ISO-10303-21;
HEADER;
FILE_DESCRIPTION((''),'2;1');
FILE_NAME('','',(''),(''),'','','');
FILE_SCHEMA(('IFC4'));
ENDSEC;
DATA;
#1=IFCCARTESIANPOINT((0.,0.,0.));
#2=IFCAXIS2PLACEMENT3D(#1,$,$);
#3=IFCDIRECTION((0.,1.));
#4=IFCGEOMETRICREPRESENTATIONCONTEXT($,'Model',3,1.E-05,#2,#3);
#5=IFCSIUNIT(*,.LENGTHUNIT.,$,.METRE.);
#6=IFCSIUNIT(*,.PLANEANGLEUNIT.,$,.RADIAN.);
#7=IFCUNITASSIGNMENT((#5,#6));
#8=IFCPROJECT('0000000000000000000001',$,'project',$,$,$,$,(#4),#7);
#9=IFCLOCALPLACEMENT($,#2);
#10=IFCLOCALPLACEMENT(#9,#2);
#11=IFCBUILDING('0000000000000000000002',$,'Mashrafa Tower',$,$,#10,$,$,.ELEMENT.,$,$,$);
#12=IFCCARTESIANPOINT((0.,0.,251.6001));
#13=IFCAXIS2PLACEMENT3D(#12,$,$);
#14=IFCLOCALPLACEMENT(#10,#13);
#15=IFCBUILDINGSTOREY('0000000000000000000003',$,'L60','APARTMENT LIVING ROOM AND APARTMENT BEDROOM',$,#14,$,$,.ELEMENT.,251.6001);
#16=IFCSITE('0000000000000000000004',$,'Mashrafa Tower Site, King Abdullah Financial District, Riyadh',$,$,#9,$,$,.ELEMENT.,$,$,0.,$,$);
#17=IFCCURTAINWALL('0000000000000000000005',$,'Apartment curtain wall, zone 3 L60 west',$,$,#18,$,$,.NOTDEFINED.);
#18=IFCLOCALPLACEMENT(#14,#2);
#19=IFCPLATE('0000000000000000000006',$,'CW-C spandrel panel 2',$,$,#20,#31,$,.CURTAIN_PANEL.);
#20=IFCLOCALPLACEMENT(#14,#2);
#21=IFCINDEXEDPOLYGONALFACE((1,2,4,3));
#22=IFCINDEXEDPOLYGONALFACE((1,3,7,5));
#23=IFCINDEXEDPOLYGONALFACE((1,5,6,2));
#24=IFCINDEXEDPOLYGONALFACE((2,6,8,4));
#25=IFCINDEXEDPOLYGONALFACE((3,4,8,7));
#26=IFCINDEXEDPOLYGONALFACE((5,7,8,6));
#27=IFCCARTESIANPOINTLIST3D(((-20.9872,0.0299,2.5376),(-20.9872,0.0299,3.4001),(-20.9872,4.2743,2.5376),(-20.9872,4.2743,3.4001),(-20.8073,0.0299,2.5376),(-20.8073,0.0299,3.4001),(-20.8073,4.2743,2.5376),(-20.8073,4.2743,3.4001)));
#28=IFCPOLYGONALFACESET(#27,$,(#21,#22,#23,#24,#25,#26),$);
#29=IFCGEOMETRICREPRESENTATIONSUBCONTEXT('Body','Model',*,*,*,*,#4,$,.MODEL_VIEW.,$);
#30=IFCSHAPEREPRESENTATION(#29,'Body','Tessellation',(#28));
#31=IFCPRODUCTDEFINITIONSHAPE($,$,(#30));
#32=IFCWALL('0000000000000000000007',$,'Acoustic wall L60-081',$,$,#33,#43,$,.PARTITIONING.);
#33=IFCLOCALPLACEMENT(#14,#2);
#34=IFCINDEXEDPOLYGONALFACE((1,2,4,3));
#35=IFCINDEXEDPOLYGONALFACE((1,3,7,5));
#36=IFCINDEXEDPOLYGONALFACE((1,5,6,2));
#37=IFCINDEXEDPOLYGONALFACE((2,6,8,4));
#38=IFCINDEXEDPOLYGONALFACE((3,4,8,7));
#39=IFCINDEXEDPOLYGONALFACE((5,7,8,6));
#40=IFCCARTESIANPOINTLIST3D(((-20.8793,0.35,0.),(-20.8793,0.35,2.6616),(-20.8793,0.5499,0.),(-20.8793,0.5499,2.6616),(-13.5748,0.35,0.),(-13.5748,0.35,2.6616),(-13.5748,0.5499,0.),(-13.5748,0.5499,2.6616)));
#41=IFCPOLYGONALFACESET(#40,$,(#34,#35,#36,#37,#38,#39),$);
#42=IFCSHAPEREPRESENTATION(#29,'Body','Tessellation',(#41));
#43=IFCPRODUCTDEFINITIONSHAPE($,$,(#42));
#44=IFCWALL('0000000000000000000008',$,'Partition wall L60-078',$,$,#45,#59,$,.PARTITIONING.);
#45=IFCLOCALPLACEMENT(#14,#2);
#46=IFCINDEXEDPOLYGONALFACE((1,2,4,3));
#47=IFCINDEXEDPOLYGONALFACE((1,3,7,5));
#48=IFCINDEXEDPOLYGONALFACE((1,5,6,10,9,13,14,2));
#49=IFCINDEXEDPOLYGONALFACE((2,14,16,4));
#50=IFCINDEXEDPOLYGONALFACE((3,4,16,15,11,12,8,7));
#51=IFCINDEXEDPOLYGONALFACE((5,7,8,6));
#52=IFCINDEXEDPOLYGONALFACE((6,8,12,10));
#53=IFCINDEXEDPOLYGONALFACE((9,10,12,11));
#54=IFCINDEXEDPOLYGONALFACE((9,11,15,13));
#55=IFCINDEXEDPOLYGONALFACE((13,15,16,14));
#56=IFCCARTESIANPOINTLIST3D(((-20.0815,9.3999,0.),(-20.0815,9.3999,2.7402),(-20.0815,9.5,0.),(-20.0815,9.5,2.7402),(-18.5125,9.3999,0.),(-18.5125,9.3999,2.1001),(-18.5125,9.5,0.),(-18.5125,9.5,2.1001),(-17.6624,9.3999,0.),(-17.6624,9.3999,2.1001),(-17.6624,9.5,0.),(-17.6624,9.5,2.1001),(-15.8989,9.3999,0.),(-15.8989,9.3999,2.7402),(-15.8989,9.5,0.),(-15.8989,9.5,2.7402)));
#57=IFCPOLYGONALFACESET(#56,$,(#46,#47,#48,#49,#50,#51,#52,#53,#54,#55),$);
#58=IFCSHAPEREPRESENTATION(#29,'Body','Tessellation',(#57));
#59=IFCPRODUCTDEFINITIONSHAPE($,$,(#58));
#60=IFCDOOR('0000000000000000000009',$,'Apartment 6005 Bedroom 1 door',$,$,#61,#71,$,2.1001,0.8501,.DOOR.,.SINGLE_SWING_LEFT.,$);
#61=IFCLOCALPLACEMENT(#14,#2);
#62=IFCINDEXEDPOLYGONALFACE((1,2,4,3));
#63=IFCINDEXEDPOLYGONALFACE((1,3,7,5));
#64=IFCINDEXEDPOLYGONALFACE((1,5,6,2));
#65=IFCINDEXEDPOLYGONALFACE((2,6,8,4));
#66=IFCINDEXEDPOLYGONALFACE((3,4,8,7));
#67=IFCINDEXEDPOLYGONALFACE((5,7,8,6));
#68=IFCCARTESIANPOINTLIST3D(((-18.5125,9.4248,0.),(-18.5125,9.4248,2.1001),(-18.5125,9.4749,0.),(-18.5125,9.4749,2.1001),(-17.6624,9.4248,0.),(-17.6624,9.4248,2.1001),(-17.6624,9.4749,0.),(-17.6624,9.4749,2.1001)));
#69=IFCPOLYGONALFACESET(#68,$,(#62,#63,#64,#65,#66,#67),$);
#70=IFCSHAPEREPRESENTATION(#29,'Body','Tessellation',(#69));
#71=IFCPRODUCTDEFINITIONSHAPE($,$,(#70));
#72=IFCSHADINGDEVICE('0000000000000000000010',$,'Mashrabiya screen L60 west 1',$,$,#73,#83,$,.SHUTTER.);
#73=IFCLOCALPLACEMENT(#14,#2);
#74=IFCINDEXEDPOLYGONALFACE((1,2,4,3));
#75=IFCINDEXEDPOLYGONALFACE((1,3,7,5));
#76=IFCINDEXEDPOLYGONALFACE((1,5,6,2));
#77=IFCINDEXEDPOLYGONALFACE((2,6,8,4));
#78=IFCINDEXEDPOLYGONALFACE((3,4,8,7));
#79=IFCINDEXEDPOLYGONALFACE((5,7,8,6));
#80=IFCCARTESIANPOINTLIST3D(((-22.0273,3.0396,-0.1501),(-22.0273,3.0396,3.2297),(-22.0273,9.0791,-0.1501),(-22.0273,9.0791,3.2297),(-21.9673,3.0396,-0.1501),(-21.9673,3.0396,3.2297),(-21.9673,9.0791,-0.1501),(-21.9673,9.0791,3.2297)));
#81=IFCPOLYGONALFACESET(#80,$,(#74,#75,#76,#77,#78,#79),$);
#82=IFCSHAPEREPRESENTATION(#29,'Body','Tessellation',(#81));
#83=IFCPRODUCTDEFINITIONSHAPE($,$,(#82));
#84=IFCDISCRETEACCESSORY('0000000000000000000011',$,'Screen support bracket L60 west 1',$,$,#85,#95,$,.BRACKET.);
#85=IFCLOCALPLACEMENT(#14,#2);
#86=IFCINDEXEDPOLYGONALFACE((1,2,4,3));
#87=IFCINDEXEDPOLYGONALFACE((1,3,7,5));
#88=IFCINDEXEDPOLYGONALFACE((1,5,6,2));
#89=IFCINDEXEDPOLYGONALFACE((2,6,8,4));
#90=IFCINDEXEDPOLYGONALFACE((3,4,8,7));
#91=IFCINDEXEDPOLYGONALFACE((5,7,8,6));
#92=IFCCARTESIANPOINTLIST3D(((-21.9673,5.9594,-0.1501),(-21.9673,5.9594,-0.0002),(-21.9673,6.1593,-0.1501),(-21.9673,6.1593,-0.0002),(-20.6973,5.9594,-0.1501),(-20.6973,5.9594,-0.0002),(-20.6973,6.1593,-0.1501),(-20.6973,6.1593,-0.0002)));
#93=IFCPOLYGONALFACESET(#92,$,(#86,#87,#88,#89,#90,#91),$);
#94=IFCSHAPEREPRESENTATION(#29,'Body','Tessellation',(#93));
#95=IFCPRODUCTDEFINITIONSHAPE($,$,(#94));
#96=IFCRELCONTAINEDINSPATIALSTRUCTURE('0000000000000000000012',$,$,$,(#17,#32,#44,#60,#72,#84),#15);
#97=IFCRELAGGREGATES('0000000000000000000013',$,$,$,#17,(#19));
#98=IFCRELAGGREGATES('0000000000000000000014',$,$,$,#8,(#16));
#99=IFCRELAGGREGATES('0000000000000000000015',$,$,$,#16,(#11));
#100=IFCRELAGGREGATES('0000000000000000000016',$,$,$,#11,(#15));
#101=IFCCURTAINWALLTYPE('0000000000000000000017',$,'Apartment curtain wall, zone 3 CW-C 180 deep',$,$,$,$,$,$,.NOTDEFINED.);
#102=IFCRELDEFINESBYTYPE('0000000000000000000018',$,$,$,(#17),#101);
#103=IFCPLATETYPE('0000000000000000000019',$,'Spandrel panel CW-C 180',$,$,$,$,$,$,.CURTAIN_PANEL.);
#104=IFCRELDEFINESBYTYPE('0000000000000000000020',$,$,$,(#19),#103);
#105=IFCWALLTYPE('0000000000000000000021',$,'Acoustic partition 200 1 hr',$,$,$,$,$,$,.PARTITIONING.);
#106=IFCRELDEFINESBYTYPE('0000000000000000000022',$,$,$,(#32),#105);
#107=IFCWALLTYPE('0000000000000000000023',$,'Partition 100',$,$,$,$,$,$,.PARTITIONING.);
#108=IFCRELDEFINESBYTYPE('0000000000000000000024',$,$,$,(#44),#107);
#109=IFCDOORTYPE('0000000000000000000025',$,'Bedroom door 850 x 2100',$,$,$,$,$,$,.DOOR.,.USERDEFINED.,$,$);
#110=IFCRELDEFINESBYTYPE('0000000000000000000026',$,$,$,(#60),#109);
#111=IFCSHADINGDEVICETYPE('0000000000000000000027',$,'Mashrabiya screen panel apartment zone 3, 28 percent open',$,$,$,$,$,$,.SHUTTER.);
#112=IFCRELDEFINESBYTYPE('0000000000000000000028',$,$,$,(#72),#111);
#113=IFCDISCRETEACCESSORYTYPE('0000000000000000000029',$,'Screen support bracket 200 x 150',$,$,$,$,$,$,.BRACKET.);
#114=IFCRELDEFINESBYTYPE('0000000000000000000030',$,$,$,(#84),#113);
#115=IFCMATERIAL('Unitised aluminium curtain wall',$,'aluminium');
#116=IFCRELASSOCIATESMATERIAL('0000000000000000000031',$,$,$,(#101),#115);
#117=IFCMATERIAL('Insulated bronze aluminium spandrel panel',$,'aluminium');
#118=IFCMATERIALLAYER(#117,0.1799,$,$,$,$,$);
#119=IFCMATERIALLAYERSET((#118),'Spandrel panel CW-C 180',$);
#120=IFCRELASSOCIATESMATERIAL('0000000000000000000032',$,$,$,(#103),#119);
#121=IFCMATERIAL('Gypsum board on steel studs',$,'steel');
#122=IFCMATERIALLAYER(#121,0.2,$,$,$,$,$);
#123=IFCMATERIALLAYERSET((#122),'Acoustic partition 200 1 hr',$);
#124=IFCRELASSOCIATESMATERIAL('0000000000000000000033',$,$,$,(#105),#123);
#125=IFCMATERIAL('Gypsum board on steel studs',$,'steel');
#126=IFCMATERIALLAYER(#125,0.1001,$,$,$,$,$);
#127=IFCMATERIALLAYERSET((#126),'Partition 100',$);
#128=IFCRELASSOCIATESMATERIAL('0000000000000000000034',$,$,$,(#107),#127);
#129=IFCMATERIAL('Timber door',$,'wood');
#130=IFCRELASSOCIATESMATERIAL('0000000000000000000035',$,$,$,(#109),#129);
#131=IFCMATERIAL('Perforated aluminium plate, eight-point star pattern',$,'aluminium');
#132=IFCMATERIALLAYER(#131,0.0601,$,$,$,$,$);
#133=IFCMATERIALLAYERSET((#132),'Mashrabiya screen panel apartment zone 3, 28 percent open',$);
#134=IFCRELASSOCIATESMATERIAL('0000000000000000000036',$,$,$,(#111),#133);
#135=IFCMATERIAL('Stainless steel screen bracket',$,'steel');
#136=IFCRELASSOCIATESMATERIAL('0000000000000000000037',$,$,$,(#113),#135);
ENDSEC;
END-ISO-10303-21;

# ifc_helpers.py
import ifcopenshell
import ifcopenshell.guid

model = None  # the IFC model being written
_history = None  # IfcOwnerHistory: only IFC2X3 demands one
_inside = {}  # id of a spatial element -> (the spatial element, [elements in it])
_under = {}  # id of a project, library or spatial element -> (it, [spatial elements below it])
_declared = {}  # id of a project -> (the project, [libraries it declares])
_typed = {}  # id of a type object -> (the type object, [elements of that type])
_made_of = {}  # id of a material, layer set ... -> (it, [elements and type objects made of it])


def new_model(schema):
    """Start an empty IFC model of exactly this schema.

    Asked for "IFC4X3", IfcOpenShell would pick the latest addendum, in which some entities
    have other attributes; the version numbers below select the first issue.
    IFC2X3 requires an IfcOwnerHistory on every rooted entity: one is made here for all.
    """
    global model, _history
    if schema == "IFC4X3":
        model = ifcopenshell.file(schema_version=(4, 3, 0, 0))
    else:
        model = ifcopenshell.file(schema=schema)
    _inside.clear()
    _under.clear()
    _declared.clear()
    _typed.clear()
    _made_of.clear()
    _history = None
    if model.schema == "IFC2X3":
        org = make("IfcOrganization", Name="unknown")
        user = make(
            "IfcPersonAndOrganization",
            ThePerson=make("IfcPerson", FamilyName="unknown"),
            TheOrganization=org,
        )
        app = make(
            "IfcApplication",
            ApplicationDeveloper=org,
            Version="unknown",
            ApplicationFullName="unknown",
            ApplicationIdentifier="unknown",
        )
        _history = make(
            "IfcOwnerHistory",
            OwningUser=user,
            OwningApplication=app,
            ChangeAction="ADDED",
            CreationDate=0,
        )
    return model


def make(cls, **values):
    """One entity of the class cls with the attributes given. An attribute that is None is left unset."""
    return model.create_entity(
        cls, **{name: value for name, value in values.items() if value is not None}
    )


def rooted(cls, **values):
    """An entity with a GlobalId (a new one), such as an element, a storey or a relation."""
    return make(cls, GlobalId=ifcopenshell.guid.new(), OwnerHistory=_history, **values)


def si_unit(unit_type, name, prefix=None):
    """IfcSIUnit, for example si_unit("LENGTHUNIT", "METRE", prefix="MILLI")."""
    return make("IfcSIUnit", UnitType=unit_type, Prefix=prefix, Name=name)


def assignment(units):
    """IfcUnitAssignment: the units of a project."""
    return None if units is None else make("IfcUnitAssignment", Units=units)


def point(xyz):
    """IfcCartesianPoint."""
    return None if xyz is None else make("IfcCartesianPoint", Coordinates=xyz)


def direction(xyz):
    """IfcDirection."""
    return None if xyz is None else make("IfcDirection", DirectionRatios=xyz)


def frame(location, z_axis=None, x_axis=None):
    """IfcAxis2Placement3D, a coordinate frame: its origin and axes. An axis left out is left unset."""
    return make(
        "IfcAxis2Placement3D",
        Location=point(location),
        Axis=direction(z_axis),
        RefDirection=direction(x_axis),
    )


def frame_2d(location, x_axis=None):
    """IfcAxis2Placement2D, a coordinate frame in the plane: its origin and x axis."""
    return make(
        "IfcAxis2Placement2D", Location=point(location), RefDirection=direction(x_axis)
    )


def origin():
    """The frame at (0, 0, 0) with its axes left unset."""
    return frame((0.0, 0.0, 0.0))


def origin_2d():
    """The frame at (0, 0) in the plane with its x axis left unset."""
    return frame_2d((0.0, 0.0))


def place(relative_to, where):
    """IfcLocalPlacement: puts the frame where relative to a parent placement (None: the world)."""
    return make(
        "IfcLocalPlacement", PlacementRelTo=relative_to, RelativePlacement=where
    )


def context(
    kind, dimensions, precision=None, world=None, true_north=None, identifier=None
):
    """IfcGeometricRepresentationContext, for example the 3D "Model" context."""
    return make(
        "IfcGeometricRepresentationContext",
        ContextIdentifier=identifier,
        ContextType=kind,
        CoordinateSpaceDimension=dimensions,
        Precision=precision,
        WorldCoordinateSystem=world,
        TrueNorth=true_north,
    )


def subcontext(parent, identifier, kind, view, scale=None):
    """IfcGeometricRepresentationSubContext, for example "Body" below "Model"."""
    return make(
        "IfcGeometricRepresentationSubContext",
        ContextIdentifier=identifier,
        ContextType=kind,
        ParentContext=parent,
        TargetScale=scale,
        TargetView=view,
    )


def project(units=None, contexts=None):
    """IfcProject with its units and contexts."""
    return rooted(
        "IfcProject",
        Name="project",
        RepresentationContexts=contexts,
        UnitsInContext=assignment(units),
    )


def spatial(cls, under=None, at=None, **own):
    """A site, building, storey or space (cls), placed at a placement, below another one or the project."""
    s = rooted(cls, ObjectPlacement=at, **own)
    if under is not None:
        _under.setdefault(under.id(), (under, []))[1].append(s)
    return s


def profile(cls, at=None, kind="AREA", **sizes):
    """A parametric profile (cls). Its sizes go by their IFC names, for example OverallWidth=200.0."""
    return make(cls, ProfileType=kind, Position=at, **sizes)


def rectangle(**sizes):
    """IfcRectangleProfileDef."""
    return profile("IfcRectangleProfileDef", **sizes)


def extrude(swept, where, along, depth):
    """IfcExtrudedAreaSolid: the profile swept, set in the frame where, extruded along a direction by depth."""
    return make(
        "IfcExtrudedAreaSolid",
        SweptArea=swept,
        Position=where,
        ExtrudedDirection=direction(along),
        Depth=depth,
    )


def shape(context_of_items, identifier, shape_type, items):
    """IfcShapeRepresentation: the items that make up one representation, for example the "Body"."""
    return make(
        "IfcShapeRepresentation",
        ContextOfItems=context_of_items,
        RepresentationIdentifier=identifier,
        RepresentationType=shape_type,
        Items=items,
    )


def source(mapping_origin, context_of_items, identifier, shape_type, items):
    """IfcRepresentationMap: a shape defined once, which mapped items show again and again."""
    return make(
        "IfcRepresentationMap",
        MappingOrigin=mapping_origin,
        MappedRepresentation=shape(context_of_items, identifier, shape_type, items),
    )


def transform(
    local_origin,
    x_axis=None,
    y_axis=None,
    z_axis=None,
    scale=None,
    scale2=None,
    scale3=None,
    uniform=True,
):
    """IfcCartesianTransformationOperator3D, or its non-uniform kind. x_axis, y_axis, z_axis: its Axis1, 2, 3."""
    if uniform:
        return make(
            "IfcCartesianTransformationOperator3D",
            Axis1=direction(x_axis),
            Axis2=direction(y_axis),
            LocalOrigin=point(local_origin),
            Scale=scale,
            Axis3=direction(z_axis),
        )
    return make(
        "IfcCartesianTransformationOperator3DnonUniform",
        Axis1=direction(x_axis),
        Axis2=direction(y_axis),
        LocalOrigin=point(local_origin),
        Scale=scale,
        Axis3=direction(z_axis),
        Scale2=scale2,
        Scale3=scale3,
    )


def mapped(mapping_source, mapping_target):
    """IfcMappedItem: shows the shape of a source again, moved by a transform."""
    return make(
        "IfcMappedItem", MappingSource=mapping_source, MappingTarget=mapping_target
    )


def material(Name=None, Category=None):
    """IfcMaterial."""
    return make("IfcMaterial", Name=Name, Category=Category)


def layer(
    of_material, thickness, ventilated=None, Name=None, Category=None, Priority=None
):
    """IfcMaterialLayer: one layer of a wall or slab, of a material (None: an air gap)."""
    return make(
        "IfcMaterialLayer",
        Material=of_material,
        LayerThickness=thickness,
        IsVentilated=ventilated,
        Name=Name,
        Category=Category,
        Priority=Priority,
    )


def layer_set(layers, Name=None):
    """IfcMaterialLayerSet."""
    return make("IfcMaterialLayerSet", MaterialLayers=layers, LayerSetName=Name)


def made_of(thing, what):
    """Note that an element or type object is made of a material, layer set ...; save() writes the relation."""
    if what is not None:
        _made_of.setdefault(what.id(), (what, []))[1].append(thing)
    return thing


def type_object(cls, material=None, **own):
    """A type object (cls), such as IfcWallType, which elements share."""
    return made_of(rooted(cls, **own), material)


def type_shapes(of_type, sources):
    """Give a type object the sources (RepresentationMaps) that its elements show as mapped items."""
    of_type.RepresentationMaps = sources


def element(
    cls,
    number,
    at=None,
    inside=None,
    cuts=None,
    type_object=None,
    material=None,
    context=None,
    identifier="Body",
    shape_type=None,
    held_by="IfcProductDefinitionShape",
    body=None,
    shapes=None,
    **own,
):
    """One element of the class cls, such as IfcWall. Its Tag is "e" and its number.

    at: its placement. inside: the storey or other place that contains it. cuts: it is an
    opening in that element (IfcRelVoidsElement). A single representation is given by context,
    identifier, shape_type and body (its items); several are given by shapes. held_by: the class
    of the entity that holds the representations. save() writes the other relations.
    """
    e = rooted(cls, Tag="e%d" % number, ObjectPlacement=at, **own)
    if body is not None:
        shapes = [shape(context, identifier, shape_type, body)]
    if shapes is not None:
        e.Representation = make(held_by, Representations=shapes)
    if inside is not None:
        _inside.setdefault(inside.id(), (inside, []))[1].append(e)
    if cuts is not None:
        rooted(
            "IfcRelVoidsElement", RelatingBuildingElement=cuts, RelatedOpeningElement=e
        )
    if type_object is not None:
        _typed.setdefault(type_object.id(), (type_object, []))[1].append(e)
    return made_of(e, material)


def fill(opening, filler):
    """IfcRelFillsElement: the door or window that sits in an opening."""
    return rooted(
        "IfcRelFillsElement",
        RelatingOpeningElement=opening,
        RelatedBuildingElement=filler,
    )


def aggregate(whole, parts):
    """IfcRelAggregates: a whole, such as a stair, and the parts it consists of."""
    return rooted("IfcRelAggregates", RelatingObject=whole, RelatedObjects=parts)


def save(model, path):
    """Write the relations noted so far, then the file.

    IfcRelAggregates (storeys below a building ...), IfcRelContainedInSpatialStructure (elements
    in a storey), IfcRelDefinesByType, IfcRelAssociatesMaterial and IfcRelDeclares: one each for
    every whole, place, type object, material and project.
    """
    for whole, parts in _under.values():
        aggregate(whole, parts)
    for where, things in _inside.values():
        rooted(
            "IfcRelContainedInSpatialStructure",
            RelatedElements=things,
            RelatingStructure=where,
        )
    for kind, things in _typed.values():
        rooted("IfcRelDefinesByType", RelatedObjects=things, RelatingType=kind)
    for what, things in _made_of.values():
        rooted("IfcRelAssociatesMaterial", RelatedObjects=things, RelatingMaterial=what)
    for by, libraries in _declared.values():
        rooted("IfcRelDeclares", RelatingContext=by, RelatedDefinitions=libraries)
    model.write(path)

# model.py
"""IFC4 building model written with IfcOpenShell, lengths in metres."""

from ifc_helpers import new_model, si_unit, direction, frame, frame_2d, origin, origin_2d, place, context, subcontext, project, spatial, rectangle, extrude, source, transform, mapped, material, layer, layer_set, type_object, type_shapes, element, fill, aggregate, save


model = new_model("IFC4")

# Units and contexts
model_context = context("Model", 3, precision=1e-05, world=origin(), true_north=direction((0.0, 1.0)))
body_context = subcontext(model_context, "Body", "Model", "MODEL_VIEW")
ifc_project = project(units=[si_unit("LENGTHUNIT", "METRE"), si_unit("PLANEANGLEUNIT", "RADIAN")], contexts=[model_context])

# Site, building, storey
site_placement = place(None, origin())
site = spatial("IfcSite", under=ifc_project, at=site_placement, Name="Mashrafa Tower Site, King Abdullah Financial District, Riyadh", CompositionType="ELEMENT", RefElevation=0.0)
building_placement = place(site_placement, origin())
building = spatial("IfcBuilding", under=site, at=building_placement, Name="Mashrafa Tower", CompositionType="ELEMENT")
storey_placement = place(building_placement, frame((0.0, 0.0, 251.6001)))
storey = spatial("IfcBuildingStorey", under=building, at=storey_placement, Name="L60", Description="APARTMENT LIVING ROOM AND APARTMENT BEDROOM", CompositionType="ELEMENT", Elevation=251.6001)

# Shared definitions
ifc_material_1 = material(Name="Unitised aluminium curtain wall", Category="aluminium")
curtain_wall_type = type_object("IfcCurtainWallType", Name="Apartment curtain wall, zone 3 CW-C 180 deep", PredefinedType="NOTDEFINED", material=ifc_material_1)

# Curtain wall, plate
curtain_wall_1_placement = place(storey_placement, origin())
curtain_wall_1 = element("IfcCurtainWall", 1, at=curtain_wall_1_placement, inside=storey, type_object=curtain_wall_type, Name="Apartment curtain wall, zone 3 L60 west", PredefinedType="NOTDEFINED")
ifc_material_2 = material(Name="Insulated bronze aluminium spandrel panel", Category="aluminium")
ifc_layer_1 = layer(ifc_material_2, 0.1799)
ifc_layer_set_1 = layer_set([ifc_layer_1], Name="Spandrel panel CW-C 180")
plate_type_1 = type_object("IfcPlateType", Name="Spandrel panel CW-C 180", PredefinedType="CURTAIN_PANEL", material=ifc_layer_set_1)
shared_shape_1 = source(origin(), body_context, "Body", "SweptSolid", [
    extrude(rectangle(XDim=4.2444, YDim=0.1799, at=origin_2d()), origin(), (0.0, 0.0, 1.0), 0.8625),
])
plate_1_placement = place(storey_placement, frame((-20.8972, 2.1521, 2.5376), z_axis=(0.0, 0.0, 1.0), x_axis=(0.0, -1.0, 0.0)))
plate_1 = element("IfcPlate", 2, at=plate_1_placement, type_object=plate_type_1, Name="CW-C spandrel panel 2", PredefinedType="CURTAIN_PANEL", context=body_context, shape_type="MappedRepresentation", body=[
    mapped(shared_shape_1, transform((0.0, 0.0, 0.0))),
])
aggregate(curtain_wall_1, [plate_1])

# Wall
ifc_material_3 = material(Name="Gypsum board on steel studs", Category="steel")
ifc_layer_2 = layer(ifc_material_3, 0.2)
ifc_layer_set_2 = layer_set([ifc_layer_2], Name="Acoustic partition 200 1 hr")
wall_type_1 = type_object("IfcWallType", Name="Acoustic partition 200 1 hr", PredefinedType="PARTITIONING", material=ifc_layer_set_2)
wall_1_placement = place(storey_placement, frame((-20.8794, 0.45, 0.0), z_axis=(0.0, 0.0, 1.0), x_axis=(1.0, 0.0, 0.0)))
element("IfcWall", 3, at=wall_1_placement, inside=storey, type_object=wall_type_1, Name="Acoustic wall L60-081", PredefinedType="PARTITIONING", context=body_context, shape_type="SweptSolid", body=[
    extrude(rectangle(XDim=7.3044, YDim=0.2, at=frame_2d((3.6523, 0.0))), origin(), (0.0, 0.0, 1.0), 2.6616),
])

# Wall, opening, door
ifc_material_4 = material(Name="Gypsum board on steel studs", Category="steel")
ifc_layer_3 = layer(ifc_material_4, 0.1001)
ifc_layer_set_3 = layer_set([ifc_layer_3], Name="Partition 100")
wall_type_2 = type_object("IfcWallType", Name="Partition 100", PredefinedType="PARTITIONING", material=ifc_layer_set_3)
wall_2_placement = place(storey_placement, frame((-20.0815, 9.45, 0.0), z_axis=(0.0, 0.0, 1.0), x_axis=(1.0, 0.0, 0.0)))
wall_2 = element("IfcWall", 4, at=wall_2_placement, inside=storey, type_object=wall_type_2, Name="Partition wall L60-078", PredefinedType="PARTITIONING", context=body_context, shape_type="SweptSolid", body=[
    extrude(rectangle(XDim=4.1826, YDim=0.1001, at=frame_2d((2.0913, 0.0))), origin(), (0.0, 0.0, 1.0), 2.7402),
])
opening_placement = place(wall_2_placement, frame((1.5691, 0.0, 0.0)))
opening = element("IfcOpeningElement", 5, at=opening_placement, cuts=wall_2, PredefinedType="OPENING", context=body_context, shape_type="SweptSolid", body=[
    extrude(rectangle(XDim=0.8501, YDim=2.1001, at=frame_2d((0.425, 1.05))), frame((0.0, 0.0601, 0.0), z_axis=(0.0, -1.0, 0.0), x_axis=(1.0, 0.0, 0.0)), (0.0, 0.0, 1.0), 0.1201),
])
ifc_material_5 = material(Name="Timber door", Category="wood")
door_type = type_object("IfcDoorType", Name="Bedroom door 850 x 2100", OperationType="USERDEFINED", PredefinedType="DOOR", material=ifc_material_5)
door_placement = place(opening_placement, origin())
door = element("IfcDoor", 6, at=door_placement, inside=storey, type_object=door_type, Name="Apartment 6005 Bedroom 1 door", OperationType="SINGLE_SWING_LEFT", OverallHeight=2.1001, OverallWidth=0.8501, PredefinedType="DOOR", context=body_context, shape_type="SweptSolid", body=[
    extrude(rectangle(XDim=0.8501, YDim=2.1001, at=frame_2d((0.425, 1.05))), frame((0.0, 0.0249, 0.0), z_axis=(0.0, -1.0, 0.0), x_axis=(1.0, 0.0, 0.0)), (0.0, 0.0, 1.0), 0.05),
])
fill(opening, door)

# Shading device
ifc_material_6 = material(Name="Perforated aluminium plate, eight-point star pattern", Category="aluminium")
ifc_layer_4 = layer(ifc_material_6, 0.0601)
ifc_layer_set_4 = layer_set([ifc_layer_4], Name="Mashrabiya screen panel apartment zone 3, 28 percent open")
shading_device_type = type_object("IfcShadingDeviceType", Name="Mashrabiya screen panel apartment zone 3, 28 percent open", PredefinedType="SHUTTER", material=ifc_layer_set_4)
shared_shape_2 = source(origin(), body_context, "Body", "SweptSolid", [
    extrude(rectangle(XDim=6.0396, YDim=0.0601, at=origin_2d()), origin(), (0.0, 0.0, 1.0), 3.3799),
])
type_shapes(shading_device_type, [shared_shape_2])
shading_device_placement = place(storey_placement, frame((-21.9973, 6.0593, -0.1501), z_axis=(0.0, 0.0, 1.0), x_axis=(0.0, -1.0, 0.0)))
element("IfcShadingDevice", 7, at=shading_device_placement, inside=storey, type_object=shading_device_type, Name="Mashrabiya screen L60 west 1", PredefinedType="SHUTTER", context=body_context, shape_type="MappedRepresentation", body=[
    mapped(shared_shape_2, transform((0.0, 0.0, 0.0))),
])

# Discrete accessory
ifc_material_7 = material(Name="Stainless steel screen bracket", Category="steel")
discrete_accessory_type = type_object("IfcDiscreteAccessoryType", Name="Screen support bracket 200 x 150", PredefinedType="BRACKET", material=ifc_material_7)
shared_shape_3 = source(origin(), body_context, "Body", "SweptSolid", [
    extrude(rectangle(XDim=0.2, YDim=1.27, at=origin_2d()), origin(), (0.0, 0.0, 1.0), 0.1499),
])
type_shapes(discrete_accessory_type, [shared_shape_3])
discrete_accessory_placement = place(storey_placement, frame((-21.3323, 6.0593, -0.1501), z_axis=(0.0, 0.0, 1.0), x_axis=(0.0, -1.0, 0.0)))
element("IfcDiscreteAccessory", 8, at=discrete_accessory_placement, inside=storey, type_object=discrete_accessory_type, Name="Screen support bracket L60 west 1", PredefinedType="BRACKET", context=body_context, shape_type="MappedRepresentation", body=[
    mapped(shared_shape_3, transform((0.0, 0.0, 0.0))),
])

save(model, "model.ifc")
